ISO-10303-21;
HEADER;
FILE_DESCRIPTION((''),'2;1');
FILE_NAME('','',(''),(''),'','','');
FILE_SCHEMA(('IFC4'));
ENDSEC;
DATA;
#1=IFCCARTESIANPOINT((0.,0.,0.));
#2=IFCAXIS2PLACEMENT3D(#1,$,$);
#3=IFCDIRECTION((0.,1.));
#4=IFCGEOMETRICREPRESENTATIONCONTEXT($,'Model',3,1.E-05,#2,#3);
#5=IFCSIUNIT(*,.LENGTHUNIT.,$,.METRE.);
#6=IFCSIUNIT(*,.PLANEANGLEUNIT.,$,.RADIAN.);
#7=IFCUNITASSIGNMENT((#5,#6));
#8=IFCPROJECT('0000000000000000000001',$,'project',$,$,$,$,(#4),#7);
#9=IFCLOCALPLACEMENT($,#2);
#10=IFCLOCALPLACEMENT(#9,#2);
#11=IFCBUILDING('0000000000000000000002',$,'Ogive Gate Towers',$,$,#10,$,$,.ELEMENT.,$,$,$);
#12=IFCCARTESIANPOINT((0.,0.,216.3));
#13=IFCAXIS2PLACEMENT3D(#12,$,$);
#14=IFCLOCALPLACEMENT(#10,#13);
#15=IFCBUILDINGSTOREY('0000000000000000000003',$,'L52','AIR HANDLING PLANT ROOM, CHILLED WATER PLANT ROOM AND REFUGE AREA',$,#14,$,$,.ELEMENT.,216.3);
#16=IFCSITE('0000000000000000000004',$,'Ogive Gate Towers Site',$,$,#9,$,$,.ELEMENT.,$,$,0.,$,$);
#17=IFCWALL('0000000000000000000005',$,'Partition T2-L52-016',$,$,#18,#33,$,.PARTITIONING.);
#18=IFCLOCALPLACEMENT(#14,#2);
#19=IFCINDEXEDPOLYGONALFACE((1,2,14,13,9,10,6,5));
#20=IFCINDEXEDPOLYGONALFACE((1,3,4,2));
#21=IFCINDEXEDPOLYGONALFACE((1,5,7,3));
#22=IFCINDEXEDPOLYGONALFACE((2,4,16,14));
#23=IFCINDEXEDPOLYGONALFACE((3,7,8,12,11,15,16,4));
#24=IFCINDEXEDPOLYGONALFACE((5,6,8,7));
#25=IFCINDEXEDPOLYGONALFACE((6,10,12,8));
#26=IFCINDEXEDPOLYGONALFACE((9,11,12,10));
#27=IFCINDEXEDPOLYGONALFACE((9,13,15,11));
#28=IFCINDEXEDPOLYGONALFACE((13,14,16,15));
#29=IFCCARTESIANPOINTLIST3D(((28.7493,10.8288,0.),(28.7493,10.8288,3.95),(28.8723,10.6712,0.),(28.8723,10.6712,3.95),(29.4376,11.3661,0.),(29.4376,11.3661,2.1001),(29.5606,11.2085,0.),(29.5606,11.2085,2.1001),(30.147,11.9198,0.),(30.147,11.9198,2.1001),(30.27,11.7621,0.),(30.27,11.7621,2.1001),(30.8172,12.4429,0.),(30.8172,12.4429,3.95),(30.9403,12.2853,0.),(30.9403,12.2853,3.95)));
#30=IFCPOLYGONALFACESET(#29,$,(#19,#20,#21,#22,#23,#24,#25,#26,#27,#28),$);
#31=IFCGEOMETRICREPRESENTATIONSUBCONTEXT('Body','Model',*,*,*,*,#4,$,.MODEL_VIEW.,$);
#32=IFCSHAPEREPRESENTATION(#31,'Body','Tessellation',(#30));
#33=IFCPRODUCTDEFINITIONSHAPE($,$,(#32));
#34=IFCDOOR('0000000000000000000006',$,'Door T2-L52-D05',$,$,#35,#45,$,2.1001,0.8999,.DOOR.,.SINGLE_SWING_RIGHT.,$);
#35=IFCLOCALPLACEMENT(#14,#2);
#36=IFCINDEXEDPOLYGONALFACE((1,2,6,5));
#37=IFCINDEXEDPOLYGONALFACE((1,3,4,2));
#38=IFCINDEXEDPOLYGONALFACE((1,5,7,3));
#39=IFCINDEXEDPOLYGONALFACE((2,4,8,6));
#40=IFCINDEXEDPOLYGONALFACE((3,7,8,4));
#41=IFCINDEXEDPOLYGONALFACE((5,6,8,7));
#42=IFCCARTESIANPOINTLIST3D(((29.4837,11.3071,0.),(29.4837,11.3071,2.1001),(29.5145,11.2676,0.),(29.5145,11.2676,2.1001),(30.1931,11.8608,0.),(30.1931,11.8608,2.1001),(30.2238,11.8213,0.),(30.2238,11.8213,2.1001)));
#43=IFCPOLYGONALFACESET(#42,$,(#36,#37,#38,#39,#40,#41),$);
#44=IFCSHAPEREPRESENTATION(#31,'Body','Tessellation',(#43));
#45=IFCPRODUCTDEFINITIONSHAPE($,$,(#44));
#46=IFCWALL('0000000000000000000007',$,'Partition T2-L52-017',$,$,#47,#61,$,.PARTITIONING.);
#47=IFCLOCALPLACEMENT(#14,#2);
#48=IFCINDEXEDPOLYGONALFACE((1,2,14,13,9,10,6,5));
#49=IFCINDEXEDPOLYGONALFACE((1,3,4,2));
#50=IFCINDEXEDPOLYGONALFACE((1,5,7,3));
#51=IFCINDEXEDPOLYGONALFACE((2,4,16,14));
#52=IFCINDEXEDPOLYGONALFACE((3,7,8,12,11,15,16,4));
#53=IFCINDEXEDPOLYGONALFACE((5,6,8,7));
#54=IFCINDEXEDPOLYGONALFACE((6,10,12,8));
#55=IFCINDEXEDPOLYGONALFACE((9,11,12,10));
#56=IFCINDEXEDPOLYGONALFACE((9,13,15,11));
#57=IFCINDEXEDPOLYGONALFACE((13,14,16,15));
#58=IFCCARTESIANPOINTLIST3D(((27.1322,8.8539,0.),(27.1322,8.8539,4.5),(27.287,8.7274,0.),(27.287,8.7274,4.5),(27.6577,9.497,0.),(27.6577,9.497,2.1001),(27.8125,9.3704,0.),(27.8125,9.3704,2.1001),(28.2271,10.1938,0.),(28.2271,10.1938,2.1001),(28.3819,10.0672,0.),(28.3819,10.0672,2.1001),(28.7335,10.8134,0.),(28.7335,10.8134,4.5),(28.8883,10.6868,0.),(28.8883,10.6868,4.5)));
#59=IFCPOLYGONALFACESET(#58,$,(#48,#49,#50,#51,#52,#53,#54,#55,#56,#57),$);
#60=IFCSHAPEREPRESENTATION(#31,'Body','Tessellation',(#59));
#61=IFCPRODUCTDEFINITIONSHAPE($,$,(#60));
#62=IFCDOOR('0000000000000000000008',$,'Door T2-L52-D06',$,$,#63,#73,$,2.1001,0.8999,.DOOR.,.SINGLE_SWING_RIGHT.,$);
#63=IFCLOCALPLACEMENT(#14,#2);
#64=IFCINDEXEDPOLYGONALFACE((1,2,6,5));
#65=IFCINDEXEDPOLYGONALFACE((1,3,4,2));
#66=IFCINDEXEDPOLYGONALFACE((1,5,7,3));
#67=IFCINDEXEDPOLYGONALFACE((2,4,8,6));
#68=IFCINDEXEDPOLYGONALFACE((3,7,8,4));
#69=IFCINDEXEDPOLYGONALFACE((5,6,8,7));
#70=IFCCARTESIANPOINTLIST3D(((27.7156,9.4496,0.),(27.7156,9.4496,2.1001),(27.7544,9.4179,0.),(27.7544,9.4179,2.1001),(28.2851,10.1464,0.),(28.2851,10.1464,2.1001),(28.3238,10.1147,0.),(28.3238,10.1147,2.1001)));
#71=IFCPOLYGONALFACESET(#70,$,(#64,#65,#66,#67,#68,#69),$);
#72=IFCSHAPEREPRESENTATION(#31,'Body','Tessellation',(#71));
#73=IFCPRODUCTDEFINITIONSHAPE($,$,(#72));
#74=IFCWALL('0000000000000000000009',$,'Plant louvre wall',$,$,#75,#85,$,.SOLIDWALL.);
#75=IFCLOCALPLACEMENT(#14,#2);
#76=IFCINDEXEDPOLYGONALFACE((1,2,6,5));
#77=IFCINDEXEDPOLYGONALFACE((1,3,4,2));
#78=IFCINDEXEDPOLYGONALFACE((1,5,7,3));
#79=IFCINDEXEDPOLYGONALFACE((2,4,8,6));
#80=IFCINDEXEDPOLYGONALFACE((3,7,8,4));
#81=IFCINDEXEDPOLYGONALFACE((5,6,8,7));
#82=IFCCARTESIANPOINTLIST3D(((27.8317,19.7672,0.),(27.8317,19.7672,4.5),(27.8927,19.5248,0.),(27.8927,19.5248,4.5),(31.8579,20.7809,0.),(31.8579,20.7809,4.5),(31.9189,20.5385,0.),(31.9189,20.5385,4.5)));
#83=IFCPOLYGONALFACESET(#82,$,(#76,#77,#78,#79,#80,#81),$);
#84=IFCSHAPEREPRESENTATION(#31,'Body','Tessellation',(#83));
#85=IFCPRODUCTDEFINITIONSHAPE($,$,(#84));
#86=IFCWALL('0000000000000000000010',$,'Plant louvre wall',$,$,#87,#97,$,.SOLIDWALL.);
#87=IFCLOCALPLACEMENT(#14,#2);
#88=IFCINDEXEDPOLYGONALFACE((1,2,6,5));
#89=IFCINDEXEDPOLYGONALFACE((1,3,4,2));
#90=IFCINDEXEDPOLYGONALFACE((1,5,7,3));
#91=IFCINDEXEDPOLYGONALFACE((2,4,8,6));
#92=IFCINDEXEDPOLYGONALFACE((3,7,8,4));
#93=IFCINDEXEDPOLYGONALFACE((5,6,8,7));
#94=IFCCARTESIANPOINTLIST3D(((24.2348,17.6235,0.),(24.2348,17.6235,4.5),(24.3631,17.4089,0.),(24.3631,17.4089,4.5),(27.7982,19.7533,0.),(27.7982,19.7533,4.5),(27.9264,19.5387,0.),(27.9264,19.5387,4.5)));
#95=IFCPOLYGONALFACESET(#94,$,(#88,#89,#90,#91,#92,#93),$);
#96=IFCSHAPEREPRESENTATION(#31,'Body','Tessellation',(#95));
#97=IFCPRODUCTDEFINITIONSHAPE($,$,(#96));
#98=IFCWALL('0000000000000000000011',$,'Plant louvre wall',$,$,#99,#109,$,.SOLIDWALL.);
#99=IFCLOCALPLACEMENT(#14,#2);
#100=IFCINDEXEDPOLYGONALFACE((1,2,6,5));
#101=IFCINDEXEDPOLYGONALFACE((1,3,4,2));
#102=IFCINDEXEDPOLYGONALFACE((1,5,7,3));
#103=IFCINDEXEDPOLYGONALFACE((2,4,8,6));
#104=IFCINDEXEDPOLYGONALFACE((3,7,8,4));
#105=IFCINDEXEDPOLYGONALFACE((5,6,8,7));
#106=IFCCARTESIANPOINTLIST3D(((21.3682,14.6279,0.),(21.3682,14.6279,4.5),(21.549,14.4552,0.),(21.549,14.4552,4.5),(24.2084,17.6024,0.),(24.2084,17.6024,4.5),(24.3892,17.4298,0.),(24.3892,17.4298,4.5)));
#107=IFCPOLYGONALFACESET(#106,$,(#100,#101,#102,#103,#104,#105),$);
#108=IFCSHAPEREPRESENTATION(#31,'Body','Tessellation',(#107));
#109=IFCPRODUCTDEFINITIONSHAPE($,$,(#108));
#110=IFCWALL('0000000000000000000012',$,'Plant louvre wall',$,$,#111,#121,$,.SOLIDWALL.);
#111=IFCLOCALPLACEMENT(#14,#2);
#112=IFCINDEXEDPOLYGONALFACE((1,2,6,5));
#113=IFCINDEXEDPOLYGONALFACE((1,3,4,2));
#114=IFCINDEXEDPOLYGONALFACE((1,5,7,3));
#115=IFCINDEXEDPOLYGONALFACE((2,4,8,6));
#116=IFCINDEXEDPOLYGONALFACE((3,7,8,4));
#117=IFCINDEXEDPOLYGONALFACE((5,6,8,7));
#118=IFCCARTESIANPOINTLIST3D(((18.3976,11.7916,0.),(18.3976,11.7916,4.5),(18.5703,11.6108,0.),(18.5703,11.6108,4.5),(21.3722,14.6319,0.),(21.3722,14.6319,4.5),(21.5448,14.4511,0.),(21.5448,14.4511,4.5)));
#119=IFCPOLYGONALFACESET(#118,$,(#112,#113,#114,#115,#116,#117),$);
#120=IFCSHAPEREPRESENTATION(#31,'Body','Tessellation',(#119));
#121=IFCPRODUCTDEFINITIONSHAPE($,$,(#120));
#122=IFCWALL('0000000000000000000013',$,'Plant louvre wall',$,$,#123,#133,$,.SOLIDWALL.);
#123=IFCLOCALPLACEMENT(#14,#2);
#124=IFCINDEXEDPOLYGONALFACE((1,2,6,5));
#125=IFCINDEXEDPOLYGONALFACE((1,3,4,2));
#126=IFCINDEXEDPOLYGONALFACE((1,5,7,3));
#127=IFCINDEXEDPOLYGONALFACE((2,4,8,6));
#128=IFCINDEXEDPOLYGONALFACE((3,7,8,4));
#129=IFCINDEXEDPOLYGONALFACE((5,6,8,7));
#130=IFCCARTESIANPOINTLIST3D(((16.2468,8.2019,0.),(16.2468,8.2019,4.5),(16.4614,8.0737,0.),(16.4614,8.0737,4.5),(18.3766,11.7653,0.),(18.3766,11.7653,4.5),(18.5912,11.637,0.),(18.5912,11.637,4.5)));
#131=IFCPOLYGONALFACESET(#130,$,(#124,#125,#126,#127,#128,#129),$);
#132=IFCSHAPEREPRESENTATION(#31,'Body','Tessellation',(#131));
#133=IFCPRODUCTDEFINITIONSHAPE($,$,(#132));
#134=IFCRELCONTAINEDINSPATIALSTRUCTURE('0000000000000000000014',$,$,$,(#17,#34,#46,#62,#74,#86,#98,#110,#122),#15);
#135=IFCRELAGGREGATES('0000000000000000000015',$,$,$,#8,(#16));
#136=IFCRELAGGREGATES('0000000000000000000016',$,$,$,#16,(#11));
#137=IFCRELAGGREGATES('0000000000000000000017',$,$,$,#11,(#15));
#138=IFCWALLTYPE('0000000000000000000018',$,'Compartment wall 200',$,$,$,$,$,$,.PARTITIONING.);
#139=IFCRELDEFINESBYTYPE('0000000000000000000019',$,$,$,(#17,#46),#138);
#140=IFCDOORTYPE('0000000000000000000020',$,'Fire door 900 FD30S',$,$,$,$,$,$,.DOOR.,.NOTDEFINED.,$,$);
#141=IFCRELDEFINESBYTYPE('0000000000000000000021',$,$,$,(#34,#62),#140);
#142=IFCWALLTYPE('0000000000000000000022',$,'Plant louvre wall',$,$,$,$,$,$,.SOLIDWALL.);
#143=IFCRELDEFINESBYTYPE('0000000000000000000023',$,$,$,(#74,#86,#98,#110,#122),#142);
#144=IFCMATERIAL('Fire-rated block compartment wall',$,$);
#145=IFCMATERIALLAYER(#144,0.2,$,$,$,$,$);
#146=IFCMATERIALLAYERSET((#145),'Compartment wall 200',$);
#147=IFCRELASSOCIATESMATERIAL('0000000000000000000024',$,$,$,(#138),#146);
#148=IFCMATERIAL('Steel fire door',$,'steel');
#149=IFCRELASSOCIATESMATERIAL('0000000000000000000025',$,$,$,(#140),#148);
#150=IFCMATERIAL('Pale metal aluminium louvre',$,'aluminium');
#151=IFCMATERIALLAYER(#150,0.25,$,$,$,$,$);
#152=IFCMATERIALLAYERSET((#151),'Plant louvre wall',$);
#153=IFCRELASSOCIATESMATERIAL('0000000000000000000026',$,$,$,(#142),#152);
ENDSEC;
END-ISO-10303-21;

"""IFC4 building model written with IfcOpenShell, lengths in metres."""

from ifc_helpers import new_model, si_unit, direction, frame, frame_2d, origin, place, context, subcontext, project, spatial, rectangle, extrude, material, layer, layer_set, type_object, element, fill, save


model = new_model("IFC4")

# Units and contexts
model_context = context("Model", 3, precision=1e-05, world=origin(), true_north=direction((0.0, 1.0)))
body_context = subcontext(model_context, "Body", "Model", "MODEL_VIEW")
ifc_project = project(units=[si_unit("LENGTHUNIT", "METRE"), si_unit("PLANEANGLEUNIT", "RADIAN")], contexts=[model_context])

# Site, building, storey
site_placement = place(None, origin())
site = spatial("IfcSite", under=ifc_project, at=site_placement, Name="Ogive Gate Towers Site", CompositionType="ELEMENT", RefElevation=0.0)
building_placement = place(site_placement, origin())
building = spatial("IfcBuilding", under=site, at=building_placement, Name="Ogive Gate Towers", CompositionType="ELEMENT")
storey_placement = place(building_placement, frame((0.0, 0.0, 216.3)))
storey = spatial("IfcBuildingStorey", under=building, at=storey_placement, Name="L52", Description="AIR HANDLING PLANT ROOM, CHILLED WATER PLANT ROOM AND REFUGE AREA", CompositionType="ELEMENT", Elevation=216.3)

# Shared definitions
ifc_material_1 = material(Name="Fire-rated block compartment wall")
ifc_layer_1 = layer(ifc_material_1, 0.2)
ifc_layer_set_1 = layer_set([ifc_layer_1], Name="Compartment wall 200")
wall_type_1 = type_object("IfcWallType", Name="Compartment wall 200", PredefinedType="PARTITIONING", material=ifc_layer_set_1)

# Walls, openings, doors
wall_1_placement = place(storey_placement, frame((30.8787, 12.364, 0.0), z_axis=(0.0, 0.0, 1.0), x_axis=(-0.788304, -0.615286, 0.0)))
wall_1 = element("IfcWall", 1, at=wall_1_placement, inside=storey, type_object=wall_type_1, Name="Partition T2-L52-016", PredefinedType="PARTITIONING", context=body_context, shape_type="SweptSolid", body=[
    extrude(rectangle(XDim=2.6233, YDim=0.2, at=frame_2d((1.3115, 0.0))), origin(), (0.0, 0.0, 1.0), 3.95),
])
opening_1_placement = place(wall_1_placement, frame((0.8501, 0.0, 0.0)))
opening_1 = element("IfcOpeningElement", 2, at=opening_1_placement, cuts=wall_1, PredefinedType="OPENING", context=body_context, shape_type="SweptSolid", body=[
    extrude(rectangle(XDim=0.8999, YDim=2.1001, at=frame_2d((0.45, 1.05))), frame((0.0, 0.1099, 0.0), z_axis=(0.0, -1.0, 0.0), x_axis=(1.0, 0.0, 0.0)), (0.0, 0.0, 1.0), 0.22),
])
ifc_material_2 = material(Name="Steel fire door", Category="steel")
door_type = type_object("IfcDoorType", Name="Fire door 900 FD30S", OperationType="NOTDEFINED", PredefinedType="DOOR", material=ifc_material_2)
door_1_placement = place(opening_1_placement, origin())
door_1 = element("IfcDoor", 3, at=door_1_placement, inside=storey, type_object=door_type, Name="Door T2-L52-D05", OperationType="SINGLE_SWING_RIGHT", OverallHeight=2.1001, OverallWidth=0.8999, PredefinedType="DOOR", context=body_context, shape_type="SweptSolid", body=[
    extrude(rectangle(XDim=0.8999, YDim=2.1001, at=frame_2d((0.45, 1.05))), frame((0.0, 0.0249, 0.0), z_axis=(0.0, -1.0, 0.0), x_axis=(1.0, 0.0, 0.0)), (0.0, 0.0, 1.0), 0.05),
])
fill(opening_1, door_1)
wall_2_placement = place(storey_placement, frame((28.8108, 10.75, 0.0), z_axis=(0.0, 0.0, 1.0), x_axis=(-0.632791, -0.774323, 0.0)))
wall_2 = element("IfcWall", 4, at=wall_2_placement, inside=storey, type_object=wall_type_1, Name="Partition T2-L52-017", PredefinedType="PARTITIONING", context=body_context, shape_type="SweptSolid", body=[
    extrude(rectangle(XDim=2.5305, YDim=0.2, at=frame_2d((1.2651, 0.0))), origin(), (0.0, 0.0, 1.0), 4.5),
])
opening_2_placement = place(wall_2_placement, frame((0.8, 0.0, 0.0)))
opening_2 = element("IfcOpeningElement", 5, at=opening_2_placement, cuts=wall_2, PredefinedType="OPENING", context=body_context, shape_type="SweptSolid", body=[
    extrude(rectangle(XDim=0.8999, YDim=2.1001, at=frame_2d((0.45, 1.05))), frame((0.0, 0.1099, 0.0), z_axis=(0.0, -1.0, 0.0), x_axis=(1.0, 0.0, 0.0)), (0.0, 0.0, 1.0), 0.22),
])
door_2_placement = place(opening_2_placement, origin())
door_2 = element("IfcDoor", 6, at=door_2_placement, inside=storey, type_object=door_type, Name="Door T2-L52-D06", OperationType="SINGLE_SWING_RIGHT", OverallHeight=2.1001, OverallWidth=0.8999, PredefinedType="DOOR", context=body_context, shape_type="SweptSolid", body=[
    extrude(rectangle(XDim=0.8999, YDim=2.1001, at=frame_2d((0.45, 1.05))), frame((0.0, 0.0249, 0.0), z_axis=(0.0, -1.0, 0.0), x_axis=(1.0, 0.0, 0.0)), (0.0, 0.0, 1.0), 0.05),
])
fill(opening_2, door_2)

# Walls
ifc_material_3 = material(Name="Pale metal aluminium louvre", Category="aluminium")
ifc_layer_2 = layer(ifc_material_3, 0.25)
ifc_layer_set_2 = layer_set([ifc_layer_2], Name="Plant louvre wall")
wall_type_2 = type_object("IfcWallType", Name="Plant louvre wall", PredefinedType="SOLIDWALL", material=ifc_layer_set_2)
wall_3_placement = place(storey_placement, frame((31.8884, 20.6597, 0.0), z_axis=(0.0, 0.0, 1.0), x_axis=(-0.969736, -0.244154, 0.0)))
element("IfcWall", 7, at=wall_3_placement, inside=storey, type_object=wall_type_2, Name="Plant louvre wall", PredefinedType="SOLIDWALL", context=body_context, shape_type="SweptSolid", body=[
    extrude(rectangle(XDim=4.1519, YDim=0.25, at=frame_2d((2.0759, 0.0))), origin(), (0.0, 0.0, 1.0), 4.5),
])
wall_4_placement = place(storey_placement, frame((27.8623, 19.646, 0.0), z_axis=(0.0, 0.0, 1.0), x_axis=(-0.858363, -0.513042, 0.0)))
element("IfcWall", 8, at=wall_4_placement, inside=storey, type_object=wall_type_2, Name="Plant louvre wall", PredefinedType="SOLIDWALL", context=body_context, shape_type="SweptSolid", body=[
    extrude(rectangle(XDim=4.1514, YDim=0.25, at=frame_2d((2.0757, 0.0))), origin(), (0.0, 0.0, 1.0), 4.5),
])
for number, where, z_axis, x_axis, name in (
    (9, (24.2988, 17.5161, 0.0), (0.0, 0.0, 1.0), (-0.690594, -0.723242, 0.0), "Plant louvre wall"),
    (10, (21.4585, 14.5415, 0.0), (0.0, 0.0, 1.0), (-0.723242, -0.690594, 0.0), "Plant louvre wall"),
):
    element("IfcWall", number, at=place(storey_placement, frame(where, z_axis=z_axis, x_axis=x_axis)), inside=storey, type_object=wall_type_2, Name=name, PredefinedType="SOLIDWALL", context=body_context, shape_type="SweptSolid", body=[
        extrude(rectangle(XDim=4.1128, YDim=0.25, at=frame_2d((2.0564, 0.0))), origin(), (0.0, 0.0, 1.0), 4.5),
    ])
wall_5_placement = place(storey_placement, frame((18.4839, 11.7012, 0.0), z_axis=(0.0, 0.0, 1.0), x_axis=(-0.513042, -0.858363, 0.0)))
element("IfcWall", 11, at=wall_5_placement, inside=storey, type_object=wall_type_2, Name="Plant louvre wall", PredefinedType="SOLIDWALL", context=body_context, shape_type="SweptSolid", body=[
    extrude(rectangle(XDim=4.1514, YDim=0.25, at=frame_2d((2.0757, 0.0))), origin(), (0.0, 0.0, 1.0), 4.5),
])

save(model, "model.ifc")
